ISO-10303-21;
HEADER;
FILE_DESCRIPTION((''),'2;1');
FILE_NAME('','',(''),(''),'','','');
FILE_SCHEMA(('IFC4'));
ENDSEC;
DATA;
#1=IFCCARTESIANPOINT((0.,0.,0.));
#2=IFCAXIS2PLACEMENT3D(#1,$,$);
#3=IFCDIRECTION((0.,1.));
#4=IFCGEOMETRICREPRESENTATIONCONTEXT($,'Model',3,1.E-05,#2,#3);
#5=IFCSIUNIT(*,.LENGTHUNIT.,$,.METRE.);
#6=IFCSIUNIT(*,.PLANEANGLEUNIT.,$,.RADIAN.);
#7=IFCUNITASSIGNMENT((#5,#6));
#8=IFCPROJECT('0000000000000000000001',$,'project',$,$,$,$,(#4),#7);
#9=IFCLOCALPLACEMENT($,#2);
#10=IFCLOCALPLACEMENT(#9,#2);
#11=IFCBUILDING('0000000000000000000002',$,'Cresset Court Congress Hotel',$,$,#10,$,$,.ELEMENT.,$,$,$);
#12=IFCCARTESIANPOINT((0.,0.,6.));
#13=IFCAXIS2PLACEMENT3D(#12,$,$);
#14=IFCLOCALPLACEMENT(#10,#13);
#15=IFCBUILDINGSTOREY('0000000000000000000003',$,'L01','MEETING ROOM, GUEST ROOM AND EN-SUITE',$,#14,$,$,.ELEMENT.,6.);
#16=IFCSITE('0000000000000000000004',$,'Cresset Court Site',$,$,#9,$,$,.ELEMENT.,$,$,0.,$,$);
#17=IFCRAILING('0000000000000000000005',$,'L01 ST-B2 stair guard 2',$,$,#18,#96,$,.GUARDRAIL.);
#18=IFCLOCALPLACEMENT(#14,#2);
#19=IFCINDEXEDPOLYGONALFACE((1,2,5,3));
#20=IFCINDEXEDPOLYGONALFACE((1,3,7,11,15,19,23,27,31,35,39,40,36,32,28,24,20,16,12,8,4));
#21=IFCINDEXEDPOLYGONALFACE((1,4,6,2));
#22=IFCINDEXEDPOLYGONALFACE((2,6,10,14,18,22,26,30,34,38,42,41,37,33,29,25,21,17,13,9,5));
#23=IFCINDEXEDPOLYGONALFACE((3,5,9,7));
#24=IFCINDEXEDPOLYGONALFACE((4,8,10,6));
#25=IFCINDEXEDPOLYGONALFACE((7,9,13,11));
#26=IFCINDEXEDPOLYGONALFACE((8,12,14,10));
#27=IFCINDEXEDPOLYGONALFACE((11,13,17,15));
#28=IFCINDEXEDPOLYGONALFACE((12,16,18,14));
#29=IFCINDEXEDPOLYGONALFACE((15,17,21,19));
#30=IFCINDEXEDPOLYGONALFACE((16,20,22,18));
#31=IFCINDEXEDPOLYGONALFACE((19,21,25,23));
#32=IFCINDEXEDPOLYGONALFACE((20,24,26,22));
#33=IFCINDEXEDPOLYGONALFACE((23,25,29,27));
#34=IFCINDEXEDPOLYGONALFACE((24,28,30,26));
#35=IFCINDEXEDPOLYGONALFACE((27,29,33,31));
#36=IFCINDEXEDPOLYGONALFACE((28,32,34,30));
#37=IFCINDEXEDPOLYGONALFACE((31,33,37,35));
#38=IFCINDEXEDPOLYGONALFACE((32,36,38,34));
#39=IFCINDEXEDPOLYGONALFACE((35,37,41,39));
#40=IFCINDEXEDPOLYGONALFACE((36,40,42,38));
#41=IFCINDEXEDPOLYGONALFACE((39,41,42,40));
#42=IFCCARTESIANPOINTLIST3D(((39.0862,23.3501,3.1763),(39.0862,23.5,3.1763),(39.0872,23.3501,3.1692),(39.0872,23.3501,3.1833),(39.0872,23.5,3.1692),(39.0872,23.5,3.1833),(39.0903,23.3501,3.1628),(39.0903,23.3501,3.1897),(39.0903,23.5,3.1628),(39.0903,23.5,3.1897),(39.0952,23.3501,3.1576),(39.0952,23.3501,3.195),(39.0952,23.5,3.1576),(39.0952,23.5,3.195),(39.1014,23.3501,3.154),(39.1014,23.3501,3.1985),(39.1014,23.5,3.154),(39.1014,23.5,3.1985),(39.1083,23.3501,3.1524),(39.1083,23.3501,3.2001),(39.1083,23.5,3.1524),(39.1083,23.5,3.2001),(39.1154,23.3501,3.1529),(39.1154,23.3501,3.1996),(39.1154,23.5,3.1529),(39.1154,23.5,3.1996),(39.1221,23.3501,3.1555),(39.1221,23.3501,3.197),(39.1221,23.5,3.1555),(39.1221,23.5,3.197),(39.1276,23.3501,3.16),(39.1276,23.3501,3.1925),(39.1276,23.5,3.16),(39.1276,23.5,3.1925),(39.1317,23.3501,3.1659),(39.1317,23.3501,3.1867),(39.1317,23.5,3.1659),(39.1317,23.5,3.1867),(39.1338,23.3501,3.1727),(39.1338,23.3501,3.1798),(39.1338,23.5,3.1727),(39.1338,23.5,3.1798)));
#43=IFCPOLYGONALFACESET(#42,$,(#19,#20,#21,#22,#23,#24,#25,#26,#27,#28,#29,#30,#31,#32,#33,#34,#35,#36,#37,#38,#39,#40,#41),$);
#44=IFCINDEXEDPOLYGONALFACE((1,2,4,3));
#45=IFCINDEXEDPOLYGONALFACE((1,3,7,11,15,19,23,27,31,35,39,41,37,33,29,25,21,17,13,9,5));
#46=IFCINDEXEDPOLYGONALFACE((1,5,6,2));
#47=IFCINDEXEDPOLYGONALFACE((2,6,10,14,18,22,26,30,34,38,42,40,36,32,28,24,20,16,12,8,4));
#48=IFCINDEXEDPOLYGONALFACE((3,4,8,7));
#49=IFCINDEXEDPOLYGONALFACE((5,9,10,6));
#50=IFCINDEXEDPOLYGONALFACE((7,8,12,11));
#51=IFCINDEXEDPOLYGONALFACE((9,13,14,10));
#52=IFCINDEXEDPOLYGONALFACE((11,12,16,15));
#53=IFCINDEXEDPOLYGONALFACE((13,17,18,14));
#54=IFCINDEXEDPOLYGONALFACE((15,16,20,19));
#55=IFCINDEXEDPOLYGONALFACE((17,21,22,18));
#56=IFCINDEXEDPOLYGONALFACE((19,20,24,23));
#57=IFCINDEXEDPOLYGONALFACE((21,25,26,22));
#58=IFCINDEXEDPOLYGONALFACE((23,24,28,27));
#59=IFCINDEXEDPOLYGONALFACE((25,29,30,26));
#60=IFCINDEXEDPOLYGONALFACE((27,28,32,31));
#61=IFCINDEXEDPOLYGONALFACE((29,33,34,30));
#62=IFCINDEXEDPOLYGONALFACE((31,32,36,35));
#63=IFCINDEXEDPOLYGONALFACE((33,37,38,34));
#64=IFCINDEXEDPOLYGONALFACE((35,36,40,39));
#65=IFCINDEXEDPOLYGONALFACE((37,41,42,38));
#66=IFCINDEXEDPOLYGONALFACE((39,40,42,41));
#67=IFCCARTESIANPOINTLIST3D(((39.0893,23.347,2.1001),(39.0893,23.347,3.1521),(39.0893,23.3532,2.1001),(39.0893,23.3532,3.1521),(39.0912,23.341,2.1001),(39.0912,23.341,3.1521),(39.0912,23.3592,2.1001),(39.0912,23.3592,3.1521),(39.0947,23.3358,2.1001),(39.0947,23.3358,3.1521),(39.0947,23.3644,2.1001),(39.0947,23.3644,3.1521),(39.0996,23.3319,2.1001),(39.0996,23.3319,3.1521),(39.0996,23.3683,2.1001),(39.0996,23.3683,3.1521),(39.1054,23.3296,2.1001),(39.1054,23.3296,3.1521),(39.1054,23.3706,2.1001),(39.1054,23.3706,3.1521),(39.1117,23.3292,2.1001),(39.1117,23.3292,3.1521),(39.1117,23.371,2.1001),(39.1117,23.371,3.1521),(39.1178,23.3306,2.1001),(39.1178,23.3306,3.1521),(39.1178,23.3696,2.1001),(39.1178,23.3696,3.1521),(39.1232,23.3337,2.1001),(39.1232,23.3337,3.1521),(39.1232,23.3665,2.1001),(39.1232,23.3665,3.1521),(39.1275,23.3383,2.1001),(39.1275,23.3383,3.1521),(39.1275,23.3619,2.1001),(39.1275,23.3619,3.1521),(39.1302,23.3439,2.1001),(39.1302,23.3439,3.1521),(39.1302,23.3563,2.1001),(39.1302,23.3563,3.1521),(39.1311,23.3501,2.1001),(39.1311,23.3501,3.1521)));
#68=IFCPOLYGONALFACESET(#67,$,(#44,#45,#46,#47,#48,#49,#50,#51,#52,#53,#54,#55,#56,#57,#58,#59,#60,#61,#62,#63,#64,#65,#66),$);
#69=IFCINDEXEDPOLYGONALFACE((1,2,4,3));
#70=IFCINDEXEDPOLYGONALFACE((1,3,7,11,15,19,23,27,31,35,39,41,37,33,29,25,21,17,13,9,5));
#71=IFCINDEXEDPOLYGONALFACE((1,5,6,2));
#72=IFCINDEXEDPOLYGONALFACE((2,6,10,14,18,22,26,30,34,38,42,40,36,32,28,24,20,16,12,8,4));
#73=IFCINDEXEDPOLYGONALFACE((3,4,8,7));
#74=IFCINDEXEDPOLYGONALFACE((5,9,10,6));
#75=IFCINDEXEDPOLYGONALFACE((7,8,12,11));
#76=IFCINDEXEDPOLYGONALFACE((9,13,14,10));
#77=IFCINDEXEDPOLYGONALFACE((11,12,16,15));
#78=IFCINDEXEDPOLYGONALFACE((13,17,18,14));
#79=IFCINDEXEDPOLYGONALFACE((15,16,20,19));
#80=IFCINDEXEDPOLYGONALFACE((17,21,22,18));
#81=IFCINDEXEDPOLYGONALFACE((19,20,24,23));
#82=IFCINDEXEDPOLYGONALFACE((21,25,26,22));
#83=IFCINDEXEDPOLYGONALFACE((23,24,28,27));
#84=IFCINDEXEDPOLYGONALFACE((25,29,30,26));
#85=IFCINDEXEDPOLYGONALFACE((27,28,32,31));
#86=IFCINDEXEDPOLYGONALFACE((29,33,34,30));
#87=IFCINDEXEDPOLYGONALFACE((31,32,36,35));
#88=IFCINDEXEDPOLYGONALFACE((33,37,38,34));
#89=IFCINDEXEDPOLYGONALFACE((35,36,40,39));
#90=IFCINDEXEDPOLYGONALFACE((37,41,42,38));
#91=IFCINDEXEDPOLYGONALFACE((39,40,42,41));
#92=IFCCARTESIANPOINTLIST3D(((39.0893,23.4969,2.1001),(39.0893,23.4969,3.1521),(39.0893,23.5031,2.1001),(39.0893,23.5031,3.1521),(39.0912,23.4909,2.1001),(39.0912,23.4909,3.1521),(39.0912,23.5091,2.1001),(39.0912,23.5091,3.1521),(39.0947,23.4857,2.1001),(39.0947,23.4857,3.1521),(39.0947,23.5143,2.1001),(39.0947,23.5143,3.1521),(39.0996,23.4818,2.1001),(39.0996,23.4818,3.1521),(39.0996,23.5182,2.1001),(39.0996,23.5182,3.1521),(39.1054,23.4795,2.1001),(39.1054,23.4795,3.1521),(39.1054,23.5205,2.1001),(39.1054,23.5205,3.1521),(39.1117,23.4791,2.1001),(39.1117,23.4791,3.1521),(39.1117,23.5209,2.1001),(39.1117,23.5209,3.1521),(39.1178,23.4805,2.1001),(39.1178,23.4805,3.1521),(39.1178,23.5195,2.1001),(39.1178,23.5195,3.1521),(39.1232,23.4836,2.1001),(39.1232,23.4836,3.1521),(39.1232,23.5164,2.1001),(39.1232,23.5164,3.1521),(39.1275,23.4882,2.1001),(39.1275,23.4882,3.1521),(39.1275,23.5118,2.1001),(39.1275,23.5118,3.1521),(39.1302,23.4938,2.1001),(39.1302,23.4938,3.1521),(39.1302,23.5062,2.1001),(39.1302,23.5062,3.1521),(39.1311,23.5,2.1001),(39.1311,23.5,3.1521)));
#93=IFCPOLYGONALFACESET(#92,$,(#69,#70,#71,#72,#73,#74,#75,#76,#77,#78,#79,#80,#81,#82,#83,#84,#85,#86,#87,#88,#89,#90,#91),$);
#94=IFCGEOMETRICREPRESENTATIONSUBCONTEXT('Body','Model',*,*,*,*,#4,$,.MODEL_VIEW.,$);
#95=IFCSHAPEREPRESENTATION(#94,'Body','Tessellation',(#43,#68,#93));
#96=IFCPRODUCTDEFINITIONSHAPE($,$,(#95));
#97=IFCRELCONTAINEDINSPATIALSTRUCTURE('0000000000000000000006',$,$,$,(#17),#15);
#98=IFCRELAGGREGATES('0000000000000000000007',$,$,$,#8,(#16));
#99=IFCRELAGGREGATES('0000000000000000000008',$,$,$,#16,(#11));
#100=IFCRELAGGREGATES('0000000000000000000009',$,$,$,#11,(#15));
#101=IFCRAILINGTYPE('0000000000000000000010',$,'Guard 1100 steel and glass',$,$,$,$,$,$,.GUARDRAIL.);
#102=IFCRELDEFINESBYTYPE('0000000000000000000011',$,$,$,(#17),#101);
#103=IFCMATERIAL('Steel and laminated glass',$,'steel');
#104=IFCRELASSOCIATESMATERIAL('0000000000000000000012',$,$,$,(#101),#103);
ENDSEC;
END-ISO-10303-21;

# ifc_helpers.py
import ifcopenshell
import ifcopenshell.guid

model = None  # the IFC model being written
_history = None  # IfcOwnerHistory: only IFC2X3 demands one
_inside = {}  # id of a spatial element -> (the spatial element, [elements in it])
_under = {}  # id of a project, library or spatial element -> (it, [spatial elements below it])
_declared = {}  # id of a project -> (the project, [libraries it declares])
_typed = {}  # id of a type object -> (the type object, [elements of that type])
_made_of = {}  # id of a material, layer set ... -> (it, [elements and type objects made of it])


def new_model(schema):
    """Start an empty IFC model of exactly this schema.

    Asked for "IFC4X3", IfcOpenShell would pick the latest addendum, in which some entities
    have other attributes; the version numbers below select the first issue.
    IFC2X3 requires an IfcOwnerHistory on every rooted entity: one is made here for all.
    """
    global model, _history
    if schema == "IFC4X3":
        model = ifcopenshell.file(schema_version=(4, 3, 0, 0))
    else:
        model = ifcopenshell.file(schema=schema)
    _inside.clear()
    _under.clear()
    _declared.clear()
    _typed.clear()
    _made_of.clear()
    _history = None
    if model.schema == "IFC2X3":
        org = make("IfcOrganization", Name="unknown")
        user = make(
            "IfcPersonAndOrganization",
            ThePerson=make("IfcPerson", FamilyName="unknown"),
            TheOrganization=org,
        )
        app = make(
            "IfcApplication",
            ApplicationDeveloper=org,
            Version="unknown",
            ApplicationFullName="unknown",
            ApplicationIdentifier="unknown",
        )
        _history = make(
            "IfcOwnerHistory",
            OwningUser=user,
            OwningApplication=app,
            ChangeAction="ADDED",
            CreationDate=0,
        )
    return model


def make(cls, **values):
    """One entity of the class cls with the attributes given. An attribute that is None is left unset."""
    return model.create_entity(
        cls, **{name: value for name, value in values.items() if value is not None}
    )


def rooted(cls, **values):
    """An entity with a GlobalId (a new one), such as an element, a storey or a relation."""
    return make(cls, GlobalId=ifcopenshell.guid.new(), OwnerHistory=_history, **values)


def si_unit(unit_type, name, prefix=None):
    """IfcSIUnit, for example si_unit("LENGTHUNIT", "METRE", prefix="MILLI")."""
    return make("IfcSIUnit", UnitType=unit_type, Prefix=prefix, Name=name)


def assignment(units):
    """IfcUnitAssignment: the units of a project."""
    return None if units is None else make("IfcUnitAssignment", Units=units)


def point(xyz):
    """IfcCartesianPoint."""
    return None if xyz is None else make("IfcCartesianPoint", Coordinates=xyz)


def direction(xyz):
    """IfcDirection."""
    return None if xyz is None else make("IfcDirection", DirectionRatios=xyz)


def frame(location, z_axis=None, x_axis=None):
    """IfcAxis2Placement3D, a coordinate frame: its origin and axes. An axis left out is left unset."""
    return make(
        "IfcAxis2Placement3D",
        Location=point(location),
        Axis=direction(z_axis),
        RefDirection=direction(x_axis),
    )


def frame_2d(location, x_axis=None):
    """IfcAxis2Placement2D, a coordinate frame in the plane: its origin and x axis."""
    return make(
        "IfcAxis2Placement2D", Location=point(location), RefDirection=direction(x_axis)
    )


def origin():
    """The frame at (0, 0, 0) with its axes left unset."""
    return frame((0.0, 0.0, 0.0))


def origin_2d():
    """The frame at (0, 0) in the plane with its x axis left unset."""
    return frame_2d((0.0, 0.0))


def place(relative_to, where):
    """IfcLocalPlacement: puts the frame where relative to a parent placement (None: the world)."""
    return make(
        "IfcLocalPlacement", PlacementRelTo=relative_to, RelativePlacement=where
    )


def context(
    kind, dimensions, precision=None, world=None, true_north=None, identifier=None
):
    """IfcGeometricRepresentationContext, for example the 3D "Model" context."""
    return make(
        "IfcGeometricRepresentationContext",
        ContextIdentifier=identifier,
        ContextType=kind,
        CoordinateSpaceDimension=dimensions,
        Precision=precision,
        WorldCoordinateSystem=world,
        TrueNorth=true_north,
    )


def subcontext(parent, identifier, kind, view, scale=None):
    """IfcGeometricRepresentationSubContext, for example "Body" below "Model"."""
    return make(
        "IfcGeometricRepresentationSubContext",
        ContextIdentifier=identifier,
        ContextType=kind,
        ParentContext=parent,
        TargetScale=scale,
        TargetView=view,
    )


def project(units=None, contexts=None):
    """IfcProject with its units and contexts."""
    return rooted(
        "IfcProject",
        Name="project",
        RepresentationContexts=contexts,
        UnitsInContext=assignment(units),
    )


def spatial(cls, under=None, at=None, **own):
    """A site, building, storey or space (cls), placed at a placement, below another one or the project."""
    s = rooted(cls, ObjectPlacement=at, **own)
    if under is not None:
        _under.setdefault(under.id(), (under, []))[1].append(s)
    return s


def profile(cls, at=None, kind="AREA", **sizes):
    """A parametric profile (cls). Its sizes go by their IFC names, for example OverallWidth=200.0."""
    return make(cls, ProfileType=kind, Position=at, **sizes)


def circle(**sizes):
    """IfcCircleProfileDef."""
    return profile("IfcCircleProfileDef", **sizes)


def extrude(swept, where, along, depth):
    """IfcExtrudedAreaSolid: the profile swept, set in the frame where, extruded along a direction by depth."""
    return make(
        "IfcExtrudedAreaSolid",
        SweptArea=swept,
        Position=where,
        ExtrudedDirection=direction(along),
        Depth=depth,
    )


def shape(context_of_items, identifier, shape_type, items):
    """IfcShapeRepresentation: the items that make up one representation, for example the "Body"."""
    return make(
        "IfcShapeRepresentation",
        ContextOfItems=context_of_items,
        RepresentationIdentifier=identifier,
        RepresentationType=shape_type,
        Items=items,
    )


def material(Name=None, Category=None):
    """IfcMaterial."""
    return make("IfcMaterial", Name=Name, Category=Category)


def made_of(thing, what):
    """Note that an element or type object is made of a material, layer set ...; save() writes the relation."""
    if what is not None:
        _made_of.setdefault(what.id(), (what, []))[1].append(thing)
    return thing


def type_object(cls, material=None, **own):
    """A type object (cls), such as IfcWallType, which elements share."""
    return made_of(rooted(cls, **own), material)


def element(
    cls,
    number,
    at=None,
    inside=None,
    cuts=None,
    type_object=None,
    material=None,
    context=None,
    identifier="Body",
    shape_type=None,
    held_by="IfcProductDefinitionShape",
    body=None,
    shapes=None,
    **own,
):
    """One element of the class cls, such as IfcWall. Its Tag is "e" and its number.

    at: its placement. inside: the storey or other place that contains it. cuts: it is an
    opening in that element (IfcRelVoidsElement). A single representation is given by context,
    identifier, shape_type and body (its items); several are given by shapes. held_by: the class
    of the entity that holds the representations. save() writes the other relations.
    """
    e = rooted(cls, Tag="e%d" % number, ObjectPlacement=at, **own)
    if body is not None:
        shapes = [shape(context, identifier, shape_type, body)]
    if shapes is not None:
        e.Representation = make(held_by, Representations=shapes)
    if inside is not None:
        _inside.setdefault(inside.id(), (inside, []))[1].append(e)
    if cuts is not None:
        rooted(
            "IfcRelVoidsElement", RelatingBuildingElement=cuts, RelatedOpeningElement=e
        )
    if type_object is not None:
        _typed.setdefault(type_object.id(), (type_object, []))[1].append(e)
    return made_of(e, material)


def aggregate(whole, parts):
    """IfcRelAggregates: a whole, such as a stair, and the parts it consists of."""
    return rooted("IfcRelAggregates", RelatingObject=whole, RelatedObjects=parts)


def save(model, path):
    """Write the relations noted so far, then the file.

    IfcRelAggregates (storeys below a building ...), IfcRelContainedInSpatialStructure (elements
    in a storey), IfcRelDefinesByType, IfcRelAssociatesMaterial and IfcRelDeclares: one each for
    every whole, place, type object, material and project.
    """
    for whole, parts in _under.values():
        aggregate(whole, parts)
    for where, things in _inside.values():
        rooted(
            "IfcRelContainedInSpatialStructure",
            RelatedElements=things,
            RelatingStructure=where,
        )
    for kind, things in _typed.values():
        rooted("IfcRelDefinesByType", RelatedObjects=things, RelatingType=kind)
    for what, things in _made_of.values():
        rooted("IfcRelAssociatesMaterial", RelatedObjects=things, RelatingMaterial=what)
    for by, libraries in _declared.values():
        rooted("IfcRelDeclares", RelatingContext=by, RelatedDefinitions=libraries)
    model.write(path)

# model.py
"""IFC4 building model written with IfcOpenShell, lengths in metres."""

from ifc_helpers import new_model, si_unit, direction, frame, origin, origin_2d, place, context, subcontext, project, spatial, circle, extrude, material, type_object, element, save


model = new_model("IFC4")

# Units and contexts
model_context = context("Model", 3, precision=1e-05, world=origin(), true_north=direction((0.0, 1.0)))
body_context = subcontext(model_context, "Body", "Model", "MODEL_VIEW")
ifc_project = project(units=[si_unit("LENGTHUNIT", "METRE"), si_unit("PLANEANGLEUNIT", "RADIAN")], contexts=[model_context])

# Site, building, storey
site_placement = place(None, origin())
site = spatial("IfcSite", under=ifc_project, at=site_placement, Name="Cresset Court Site", CompositionType="ELEMENT", RefElevation=0.0)
building_placement = place(site_placement, origin())
building = spatial("IfcBuilding", under=site, at=building_placement, Name="Cresset Court Congress Hotel", CompositionType="ELEMENT")
storey_placement = place(building_placement, frame((0.0, 0.0, 6.0)))
storey = spatial("IfcBuildingStorey", under=building, at=storey_placement, Name="L01", Description="MEETING ROOM, GUEST ROOM AND EN-SUITE", CompositionType="ELEMENT", Elevation=6.0)

# Railing
ifc_material_1 = material(Name="Steel and laminated glass", Category="steel")
railing_type_1 = type_object("IfcRailingType", Name="Guard 1100 steel and glass", PredefinedType="GUARDRAIL", material=ifc_material_1)
railing_1_placement = place(storey_placement, frame((39.1101, 23.3501, 2.1001)))
element("IfcRailing", 1, at=railing_1_placement, inside=storey, type_object=railing_type_1, Name="L01 ST-B2 stair guard 2", PredefinedType="GUARDRAIL", context=body_context, shape_type="SweptSolid", body=[
    extrude(circle(Radius=0.0239, at=origin_2d()), frame((0.0, 0.0, 1.0762), z_axis=(0.0, 1.0, 0.0), x_axis=(-1.0, 0.0, 0.0)), (0.0, 0.0, 1.0), 0.1499),
    extrude(circle(Radius=0.021, at=origin_2d()), origin(), (0.0, 0.0, 1.0), 1.052),
    extrude(circle(Radius=0.021, at=origin_2d()), frame((0.0, 0.1499, 0.0)), (0.0, 0.0, 1.0), 1.052),
])

save(model, "model.ifc")
